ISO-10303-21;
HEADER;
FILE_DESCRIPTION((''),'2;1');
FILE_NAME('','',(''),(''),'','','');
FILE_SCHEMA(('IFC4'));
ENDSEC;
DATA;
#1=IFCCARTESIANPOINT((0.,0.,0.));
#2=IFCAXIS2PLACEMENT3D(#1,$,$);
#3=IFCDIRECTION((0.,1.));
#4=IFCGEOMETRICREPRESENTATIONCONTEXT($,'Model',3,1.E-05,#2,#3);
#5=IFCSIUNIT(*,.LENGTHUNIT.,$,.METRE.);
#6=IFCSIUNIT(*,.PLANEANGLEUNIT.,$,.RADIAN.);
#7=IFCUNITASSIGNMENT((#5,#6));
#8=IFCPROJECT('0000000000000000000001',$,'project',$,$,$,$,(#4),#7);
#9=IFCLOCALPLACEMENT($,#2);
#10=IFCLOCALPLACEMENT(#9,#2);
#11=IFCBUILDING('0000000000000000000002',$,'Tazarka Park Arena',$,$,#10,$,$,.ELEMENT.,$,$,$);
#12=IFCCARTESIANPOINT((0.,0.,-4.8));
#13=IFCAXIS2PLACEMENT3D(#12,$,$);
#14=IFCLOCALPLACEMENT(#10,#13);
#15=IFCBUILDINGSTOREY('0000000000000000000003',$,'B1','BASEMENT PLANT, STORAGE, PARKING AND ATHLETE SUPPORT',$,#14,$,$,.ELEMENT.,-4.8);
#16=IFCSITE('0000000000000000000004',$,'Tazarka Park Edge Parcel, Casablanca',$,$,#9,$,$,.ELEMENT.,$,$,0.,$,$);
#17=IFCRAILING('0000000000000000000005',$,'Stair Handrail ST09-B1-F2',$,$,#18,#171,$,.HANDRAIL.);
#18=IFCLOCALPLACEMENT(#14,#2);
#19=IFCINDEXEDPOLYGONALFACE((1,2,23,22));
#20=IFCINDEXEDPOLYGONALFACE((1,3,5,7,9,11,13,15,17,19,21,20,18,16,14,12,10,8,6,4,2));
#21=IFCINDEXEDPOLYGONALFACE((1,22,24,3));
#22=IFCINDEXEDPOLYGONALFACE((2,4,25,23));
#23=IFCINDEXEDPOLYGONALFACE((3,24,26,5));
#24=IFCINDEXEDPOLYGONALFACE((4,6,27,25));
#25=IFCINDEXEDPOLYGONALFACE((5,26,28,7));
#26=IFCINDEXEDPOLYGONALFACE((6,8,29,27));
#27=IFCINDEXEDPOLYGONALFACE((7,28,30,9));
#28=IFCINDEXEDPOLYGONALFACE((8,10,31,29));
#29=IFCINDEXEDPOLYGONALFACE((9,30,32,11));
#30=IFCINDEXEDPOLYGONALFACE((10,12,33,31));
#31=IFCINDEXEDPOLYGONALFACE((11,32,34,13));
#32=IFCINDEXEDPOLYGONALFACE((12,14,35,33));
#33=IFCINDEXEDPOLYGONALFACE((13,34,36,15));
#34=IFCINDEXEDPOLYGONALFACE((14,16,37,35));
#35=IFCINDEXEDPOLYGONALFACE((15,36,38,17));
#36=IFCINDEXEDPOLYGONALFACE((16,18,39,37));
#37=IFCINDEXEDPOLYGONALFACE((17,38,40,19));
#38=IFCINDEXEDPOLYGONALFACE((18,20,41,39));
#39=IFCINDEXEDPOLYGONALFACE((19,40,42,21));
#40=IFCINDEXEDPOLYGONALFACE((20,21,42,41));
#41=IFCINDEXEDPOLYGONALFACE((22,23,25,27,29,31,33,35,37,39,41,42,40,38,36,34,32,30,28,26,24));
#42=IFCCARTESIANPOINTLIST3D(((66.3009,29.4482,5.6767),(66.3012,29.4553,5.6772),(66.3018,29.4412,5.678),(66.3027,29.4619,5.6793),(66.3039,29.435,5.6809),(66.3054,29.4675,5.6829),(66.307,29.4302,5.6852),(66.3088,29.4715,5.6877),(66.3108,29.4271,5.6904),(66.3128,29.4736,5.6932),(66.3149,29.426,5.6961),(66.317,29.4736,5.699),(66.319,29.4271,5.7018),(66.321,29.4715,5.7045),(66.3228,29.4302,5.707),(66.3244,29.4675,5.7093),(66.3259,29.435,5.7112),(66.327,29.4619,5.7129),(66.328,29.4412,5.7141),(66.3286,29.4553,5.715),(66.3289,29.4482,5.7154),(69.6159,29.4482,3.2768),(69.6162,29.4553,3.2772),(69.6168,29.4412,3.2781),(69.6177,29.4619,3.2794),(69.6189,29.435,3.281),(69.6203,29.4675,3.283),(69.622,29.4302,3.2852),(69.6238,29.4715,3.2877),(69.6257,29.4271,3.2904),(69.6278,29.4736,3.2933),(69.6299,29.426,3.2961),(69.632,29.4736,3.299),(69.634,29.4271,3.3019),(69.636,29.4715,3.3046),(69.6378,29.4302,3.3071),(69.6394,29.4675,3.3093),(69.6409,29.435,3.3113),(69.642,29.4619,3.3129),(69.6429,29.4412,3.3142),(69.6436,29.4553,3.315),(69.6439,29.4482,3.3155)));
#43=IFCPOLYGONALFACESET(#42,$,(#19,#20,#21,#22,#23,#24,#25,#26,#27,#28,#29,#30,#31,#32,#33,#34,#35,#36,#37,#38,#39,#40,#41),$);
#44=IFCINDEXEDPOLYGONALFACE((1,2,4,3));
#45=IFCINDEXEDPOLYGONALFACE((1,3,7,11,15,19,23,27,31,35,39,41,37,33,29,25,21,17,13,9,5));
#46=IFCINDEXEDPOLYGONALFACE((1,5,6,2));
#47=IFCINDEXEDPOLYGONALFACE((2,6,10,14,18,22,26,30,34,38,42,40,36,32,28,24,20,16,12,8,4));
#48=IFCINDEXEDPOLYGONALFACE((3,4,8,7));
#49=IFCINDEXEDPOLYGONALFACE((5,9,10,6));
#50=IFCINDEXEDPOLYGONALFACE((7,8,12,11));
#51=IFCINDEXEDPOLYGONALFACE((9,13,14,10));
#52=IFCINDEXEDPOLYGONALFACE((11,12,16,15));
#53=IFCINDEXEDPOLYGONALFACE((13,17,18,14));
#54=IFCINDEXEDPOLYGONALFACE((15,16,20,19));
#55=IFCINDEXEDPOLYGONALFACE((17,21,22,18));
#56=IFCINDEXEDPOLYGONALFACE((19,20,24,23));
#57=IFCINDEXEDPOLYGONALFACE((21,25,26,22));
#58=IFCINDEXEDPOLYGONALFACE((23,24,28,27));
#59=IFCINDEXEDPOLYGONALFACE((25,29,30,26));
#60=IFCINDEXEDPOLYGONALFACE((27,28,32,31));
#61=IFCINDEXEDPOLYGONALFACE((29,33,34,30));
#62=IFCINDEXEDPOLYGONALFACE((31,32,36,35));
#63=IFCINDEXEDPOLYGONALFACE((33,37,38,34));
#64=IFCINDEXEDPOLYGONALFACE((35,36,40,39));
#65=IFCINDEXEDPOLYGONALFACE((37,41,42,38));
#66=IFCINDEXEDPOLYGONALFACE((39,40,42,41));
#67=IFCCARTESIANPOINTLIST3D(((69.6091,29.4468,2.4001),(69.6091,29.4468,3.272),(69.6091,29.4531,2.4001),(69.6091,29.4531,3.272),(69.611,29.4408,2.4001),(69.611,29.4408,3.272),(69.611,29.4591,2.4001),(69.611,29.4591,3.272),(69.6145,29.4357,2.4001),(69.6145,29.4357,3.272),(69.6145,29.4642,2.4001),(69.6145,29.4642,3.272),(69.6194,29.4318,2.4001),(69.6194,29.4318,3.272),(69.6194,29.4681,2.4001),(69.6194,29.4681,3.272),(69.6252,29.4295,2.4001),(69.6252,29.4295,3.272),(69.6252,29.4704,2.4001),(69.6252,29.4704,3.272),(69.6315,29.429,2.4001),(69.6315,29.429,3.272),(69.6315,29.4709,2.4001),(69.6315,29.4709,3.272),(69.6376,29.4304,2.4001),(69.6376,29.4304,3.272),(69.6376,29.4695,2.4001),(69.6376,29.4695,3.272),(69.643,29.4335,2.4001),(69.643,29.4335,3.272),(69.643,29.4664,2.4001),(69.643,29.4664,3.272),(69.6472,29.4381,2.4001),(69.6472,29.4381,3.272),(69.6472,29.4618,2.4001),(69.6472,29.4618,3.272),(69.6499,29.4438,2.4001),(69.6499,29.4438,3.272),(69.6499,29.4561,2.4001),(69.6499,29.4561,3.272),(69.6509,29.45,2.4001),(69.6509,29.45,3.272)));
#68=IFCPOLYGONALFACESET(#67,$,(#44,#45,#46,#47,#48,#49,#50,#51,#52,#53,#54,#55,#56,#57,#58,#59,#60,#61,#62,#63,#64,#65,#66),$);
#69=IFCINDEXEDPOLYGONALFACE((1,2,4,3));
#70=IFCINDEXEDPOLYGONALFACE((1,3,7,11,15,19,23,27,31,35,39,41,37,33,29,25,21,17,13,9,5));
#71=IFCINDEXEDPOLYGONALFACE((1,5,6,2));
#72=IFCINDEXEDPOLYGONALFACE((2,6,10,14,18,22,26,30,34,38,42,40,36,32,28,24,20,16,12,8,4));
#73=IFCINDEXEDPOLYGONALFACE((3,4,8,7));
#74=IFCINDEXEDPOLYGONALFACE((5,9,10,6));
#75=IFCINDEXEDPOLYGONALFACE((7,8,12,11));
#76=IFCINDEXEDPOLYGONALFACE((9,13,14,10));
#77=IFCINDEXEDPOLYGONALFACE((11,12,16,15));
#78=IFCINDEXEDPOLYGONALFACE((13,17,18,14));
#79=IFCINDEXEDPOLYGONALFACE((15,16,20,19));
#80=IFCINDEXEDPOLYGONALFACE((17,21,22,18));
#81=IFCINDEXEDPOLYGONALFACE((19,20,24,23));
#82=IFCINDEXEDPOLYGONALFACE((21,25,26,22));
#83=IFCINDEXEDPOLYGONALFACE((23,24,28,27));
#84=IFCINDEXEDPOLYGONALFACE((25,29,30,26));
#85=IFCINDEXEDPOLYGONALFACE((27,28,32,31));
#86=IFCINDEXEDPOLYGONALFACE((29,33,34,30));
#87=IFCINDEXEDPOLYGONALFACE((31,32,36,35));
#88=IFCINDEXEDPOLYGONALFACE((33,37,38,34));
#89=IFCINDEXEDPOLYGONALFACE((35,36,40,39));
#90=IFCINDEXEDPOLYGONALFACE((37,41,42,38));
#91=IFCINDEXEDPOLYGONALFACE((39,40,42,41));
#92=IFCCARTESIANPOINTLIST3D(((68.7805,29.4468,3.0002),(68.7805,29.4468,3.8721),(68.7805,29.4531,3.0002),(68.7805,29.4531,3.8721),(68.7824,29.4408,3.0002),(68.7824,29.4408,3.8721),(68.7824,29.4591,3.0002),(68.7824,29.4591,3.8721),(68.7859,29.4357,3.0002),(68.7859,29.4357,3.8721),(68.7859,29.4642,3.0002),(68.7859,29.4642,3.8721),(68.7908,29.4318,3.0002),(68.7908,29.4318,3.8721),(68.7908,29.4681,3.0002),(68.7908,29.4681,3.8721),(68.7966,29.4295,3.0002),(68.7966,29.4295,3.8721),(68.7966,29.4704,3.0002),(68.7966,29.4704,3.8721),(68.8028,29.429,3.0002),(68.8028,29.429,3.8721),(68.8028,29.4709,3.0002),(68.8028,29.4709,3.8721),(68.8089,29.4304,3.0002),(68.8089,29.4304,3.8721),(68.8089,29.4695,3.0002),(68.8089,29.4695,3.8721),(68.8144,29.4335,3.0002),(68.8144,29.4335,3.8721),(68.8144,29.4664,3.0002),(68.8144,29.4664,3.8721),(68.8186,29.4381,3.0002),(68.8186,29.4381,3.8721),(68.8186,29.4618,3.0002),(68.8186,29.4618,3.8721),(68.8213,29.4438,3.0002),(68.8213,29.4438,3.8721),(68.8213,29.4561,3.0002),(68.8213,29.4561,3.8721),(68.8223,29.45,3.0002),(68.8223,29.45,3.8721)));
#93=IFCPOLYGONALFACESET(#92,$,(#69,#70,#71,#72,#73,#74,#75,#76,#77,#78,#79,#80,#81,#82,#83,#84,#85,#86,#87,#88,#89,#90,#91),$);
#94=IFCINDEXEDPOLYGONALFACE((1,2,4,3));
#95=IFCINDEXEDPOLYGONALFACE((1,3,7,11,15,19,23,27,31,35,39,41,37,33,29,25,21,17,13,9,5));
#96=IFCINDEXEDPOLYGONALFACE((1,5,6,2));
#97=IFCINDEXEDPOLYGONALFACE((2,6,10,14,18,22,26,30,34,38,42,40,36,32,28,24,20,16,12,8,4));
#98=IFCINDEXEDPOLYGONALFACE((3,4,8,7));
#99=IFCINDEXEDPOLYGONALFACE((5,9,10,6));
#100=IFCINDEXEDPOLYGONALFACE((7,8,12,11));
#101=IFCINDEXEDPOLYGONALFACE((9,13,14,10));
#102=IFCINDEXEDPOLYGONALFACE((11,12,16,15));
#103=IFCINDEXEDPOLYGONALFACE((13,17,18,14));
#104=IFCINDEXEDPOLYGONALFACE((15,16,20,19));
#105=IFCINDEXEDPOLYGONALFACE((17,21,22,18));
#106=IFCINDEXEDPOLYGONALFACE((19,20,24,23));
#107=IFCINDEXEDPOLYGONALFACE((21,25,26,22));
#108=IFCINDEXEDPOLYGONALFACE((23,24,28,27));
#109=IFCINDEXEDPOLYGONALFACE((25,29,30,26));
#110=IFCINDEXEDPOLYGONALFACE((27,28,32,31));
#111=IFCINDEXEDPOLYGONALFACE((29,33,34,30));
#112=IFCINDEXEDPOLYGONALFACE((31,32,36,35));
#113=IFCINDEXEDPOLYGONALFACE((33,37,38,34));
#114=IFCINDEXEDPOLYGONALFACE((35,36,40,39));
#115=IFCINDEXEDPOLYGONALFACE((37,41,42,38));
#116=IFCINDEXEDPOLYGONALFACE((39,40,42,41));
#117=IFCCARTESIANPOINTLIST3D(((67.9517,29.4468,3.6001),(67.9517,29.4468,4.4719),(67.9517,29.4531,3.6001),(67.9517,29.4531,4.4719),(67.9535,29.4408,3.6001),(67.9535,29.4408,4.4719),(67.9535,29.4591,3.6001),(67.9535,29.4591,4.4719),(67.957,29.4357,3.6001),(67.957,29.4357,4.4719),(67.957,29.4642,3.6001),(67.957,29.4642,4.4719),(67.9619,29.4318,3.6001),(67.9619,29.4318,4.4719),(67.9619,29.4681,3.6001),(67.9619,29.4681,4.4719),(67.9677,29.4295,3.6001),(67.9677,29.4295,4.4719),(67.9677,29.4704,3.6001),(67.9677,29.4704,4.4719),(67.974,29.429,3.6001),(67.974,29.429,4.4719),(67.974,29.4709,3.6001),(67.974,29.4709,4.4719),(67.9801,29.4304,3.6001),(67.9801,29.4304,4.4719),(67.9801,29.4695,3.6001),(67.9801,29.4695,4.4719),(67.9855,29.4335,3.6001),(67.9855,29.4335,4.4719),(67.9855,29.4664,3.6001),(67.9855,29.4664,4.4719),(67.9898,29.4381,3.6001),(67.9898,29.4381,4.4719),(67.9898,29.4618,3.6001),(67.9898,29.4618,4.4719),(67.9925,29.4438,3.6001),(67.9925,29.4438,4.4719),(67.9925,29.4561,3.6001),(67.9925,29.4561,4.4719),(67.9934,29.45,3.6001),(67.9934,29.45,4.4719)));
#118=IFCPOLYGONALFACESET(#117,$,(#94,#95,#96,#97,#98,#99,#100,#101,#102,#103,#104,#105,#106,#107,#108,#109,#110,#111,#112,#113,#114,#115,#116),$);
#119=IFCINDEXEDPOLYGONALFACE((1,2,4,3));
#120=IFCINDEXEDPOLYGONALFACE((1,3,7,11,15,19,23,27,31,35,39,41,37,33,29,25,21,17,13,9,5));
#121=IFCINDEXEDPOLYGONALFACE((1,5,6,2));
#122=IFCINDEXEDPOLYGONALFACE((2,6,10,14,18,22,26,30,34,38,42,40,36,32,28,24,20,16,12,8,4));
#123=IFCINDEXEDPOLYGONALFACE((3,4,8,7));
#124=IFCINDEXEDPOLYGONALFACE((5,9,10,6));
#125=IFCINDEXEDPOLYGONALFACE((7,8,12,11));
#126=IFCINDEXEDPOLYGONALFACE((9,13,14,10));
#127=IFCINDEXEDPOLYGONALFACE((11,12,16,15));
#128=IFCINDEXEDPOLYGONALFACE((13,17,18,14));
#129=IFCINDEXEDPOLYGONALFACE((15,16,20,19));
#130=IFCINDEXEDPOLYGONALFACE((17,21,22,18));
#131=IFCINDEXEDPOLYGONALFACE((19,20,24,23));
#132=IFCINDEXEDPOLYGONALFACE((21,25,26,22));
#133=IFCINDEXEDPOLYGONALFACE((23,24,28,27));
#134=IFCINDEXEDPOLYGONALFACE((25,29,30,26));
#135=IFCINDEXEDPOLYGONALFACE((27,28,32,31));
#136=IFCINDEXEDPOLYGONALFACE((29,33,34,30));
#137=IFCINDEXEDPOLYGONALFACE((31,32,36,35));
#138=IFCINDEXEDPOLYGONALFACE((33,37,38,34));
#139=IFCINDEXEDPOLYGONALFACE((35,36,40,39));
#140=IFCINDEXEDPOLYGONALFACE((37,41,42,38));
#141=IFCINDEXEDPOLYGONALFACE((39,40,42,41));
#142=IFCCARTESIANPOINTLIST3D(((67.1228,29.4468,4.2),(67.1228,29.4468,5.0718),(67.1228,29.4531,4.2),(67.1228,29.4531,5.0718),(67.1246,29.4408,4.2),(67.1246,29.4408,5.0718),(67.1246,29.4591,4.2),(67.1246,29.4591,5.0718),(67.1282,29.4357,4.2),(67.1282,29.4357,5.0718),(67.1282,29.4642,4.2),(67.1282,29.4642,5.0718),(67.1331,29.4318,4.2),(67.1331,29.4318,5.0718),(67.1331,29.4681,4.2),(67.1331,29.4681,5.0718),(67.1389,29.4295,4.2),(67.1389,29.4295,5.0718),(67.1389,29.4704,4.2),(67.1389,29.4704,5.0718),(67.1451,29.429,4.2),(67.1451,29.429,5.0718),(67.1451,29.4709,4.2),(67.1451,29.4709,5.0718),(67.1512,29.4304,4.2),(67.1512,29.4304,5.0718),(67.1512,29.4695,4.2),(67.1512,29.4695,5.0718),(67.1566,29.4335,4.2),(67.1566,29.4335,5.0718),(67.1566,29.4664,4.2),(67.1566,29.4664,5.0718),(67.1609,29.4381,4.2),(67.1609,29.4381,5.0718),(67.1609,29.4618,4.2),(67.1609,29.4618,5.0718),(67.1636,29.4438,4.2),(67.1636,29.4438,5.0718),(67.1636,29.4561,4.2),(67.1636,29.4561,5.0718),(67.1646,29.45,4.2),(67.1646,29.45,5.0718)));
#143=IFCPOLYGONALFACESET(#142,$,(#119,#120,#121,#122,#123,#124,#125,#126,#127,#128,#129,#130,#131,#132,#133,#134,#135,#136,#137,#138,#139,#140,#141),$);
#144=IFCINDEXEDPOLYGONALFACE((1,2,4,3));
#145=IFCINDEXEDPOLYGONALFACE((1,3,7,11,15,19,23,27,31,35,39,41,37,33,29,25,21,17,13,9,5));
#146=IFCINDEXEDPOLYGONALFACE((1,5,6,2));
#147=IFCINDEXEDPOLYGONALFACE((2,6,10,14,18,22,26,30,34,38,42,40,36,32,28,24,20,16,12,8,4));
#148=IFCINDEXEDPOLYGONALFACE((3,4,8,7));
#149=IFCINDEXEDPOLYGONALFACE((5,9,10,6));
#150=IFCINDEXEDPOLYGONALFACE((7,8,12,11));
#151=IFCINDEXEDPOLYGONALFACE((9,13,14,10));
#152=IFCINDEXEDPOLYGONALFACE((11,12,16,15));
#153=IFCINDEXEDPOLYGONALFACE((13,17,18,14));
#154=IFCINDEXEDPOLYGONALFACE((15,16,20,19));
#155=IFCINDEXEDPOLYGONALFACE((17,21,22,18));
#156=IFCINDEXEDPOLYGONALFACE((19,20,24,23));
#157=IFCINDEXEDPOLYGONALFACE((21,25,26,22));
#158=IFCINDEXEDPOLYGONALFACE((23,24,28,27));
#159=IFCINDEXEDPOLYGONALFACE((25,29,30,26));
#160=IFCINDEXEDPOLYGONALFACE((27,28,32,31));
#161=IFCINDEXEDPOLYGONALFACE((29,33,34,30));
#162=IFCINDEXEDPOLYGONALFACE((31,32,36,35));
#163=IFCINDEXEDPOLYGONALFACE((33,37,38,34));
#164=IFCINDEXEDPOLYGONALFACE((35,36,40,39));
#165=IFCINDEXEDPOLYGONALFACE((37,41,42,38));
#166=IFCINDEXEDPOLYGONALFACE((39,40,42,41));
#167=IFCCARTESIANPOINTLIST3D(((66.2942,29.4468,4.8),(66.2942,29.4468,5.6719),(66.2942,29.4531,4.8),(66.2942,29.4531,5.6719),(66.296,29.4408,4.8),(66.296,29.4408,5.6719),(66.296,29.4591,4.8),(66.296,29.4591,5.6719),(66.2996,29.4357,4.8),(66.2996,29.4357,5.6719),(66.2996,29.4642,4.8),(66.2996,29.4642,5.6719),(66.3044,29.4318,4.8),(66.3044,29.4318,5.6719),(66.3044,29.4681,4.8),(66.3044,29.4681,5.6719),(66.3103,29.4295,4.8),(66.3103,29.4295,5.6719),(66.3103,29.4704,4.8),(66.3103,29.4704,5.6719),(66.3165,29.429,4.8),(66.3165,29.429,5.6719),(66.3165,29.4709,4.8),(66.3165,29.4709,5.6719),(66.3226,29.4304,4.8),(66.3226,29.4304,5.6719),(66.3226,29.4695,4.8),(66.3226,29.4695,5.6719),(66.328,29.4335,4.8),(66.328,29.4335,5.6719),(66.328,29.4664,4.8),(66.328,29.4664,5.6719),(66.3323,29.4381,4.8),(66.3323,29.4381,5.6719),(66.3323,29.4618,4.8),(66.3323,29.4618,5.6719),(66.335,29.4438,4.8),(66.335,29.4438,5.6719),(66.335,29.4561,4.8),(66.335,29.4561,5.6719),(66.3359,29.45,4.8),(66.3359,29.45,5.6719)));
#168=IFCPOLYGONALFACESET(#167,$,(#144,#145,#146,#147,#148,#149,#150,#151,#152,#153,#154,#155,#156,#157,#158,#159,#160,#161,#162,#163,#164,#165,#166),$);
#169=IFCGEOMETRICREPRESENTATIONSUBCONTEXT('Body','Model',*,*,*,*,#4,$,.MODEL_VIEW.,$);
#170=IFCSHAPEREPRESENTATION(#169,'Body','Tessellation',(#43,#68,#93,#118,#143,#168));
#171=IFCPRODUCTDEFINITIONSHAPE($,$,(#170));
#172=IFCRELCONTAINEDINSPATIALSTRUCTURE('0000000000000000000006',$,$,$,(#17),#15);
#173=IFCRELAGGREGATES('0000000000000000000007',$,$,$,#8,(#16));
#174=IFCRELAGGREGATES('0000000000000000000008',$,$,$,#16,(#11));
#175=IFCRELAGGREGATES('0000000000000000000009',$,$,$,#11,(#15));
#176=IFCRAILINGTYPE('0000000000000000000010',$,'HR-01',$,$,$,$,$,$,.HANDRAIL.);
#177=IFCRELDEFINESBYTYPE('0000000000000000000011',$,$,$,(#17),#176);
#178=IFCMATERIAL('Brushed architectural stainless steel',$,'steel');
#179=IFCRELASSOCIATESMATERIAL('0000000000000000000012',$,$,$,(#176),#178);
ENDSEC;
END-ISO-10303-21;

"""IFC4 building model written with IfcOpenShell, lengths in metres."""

from ifc_helpers import new_model, si_unit, direction, frame, origin, origin_2d, place, context, subcontext, project, spatial, circle, extrude, material, type_object, element, save


model = new_model("IFC4")

# Units and contexts
model_context = context("Model", 3, precision=1e-05, world=origin(), true_north=direction((0.0, 1.0)))
body_context = subcontext(model_context, "Body", "Model", "MODEL_VIEW")
ifc_project = project(units=[si_unit("LENGTHUNIT", "METRE"), si_unit("PLANEANGLEUNIT", "RADIAN")], contexts=[model_context])

# Site, building, storey
site_placement = place(None, origin())
site = spatial("IfcSite", under=ifc_project, at=site_placement, Name="Tazarka Park Edge Parcel, Casablanca", CompositionType="ELEMENT", RefElevation=0.0)
building_placement = place(site_placement, origin())
building = spatial("IfcBuilding", under=site, at=building_placement, Name="Tazarka Park Arena", CompositionType="ELEMENT")
storey_placement = place(building_placement, frame((0.0, 0.0, -4.8)))
storey = spatial("IfcBuildingStorey", under=building, at=storey_placement, Name="B1", Description="BASEMENT PLANT, STORAGE, PARKING AND ATHLETE SUPPORT", CompositionType="ELEMENT", Elevation=-4.8)

# Railing
ifc_material_1 = material(Name="Brushed architectural stainless steel", Category="steel")
railing_type_1 = type_object("IfcRailingType", Name="HR-01", PredefinedType="HANDRAIL", material=ifc_material_1)
railing_1_placement = place(storey_placement, frame((69.6299, 29.45, 2.4001)))
element("IfcRailing", 1, at=railing_1_placement, inside=storey, type_object=railing_type_1, Name="Stair Handrail ST09-B1-F2", PredefinedType="HANDRAIL", context=body_context, shape_type="SweptSolid", body=[
    extrude(circle(Radius=0.0239, at=origin_2d()), frame((0.0, 0.0, 0.896), z_axis=(-0.810009, 0.0, 0.586418), x_axis=(0.0, -1.0, 0.0)), (0.0, 0.0, 1.0), 4.0925),
    extrude(circle(Radius=0.021, at=origin_2d()), origin(), (0.0, 0.0, 1.0), 0.8718),
    extrude(circle(Radius=0.021, at=origin_2d()), frame((-0.8286, 0.0, 0.6001)), (0.0, 0.0, 1.0), 0.8718),
    extrude(circle(Radius=0.021, at=origin_2d()), frame((-1.6575, 0.0, 1.2)), (0.0, 0.0, 1.0), 0.8718),
    extrude(circle(Radius=0.021, at=origin_2d()), frame((-2.4863, 0.0, 1.7998)), (0.0, 0.0, 1.0), 0.8718),
    extrude(circle(Radius=0.021, at=origin_2d()), frame((-3.3149, 0.0, 2.3999)), (0.0, 0.0, 1.0), 0.8718),
])

save(model, "model.ifc")
